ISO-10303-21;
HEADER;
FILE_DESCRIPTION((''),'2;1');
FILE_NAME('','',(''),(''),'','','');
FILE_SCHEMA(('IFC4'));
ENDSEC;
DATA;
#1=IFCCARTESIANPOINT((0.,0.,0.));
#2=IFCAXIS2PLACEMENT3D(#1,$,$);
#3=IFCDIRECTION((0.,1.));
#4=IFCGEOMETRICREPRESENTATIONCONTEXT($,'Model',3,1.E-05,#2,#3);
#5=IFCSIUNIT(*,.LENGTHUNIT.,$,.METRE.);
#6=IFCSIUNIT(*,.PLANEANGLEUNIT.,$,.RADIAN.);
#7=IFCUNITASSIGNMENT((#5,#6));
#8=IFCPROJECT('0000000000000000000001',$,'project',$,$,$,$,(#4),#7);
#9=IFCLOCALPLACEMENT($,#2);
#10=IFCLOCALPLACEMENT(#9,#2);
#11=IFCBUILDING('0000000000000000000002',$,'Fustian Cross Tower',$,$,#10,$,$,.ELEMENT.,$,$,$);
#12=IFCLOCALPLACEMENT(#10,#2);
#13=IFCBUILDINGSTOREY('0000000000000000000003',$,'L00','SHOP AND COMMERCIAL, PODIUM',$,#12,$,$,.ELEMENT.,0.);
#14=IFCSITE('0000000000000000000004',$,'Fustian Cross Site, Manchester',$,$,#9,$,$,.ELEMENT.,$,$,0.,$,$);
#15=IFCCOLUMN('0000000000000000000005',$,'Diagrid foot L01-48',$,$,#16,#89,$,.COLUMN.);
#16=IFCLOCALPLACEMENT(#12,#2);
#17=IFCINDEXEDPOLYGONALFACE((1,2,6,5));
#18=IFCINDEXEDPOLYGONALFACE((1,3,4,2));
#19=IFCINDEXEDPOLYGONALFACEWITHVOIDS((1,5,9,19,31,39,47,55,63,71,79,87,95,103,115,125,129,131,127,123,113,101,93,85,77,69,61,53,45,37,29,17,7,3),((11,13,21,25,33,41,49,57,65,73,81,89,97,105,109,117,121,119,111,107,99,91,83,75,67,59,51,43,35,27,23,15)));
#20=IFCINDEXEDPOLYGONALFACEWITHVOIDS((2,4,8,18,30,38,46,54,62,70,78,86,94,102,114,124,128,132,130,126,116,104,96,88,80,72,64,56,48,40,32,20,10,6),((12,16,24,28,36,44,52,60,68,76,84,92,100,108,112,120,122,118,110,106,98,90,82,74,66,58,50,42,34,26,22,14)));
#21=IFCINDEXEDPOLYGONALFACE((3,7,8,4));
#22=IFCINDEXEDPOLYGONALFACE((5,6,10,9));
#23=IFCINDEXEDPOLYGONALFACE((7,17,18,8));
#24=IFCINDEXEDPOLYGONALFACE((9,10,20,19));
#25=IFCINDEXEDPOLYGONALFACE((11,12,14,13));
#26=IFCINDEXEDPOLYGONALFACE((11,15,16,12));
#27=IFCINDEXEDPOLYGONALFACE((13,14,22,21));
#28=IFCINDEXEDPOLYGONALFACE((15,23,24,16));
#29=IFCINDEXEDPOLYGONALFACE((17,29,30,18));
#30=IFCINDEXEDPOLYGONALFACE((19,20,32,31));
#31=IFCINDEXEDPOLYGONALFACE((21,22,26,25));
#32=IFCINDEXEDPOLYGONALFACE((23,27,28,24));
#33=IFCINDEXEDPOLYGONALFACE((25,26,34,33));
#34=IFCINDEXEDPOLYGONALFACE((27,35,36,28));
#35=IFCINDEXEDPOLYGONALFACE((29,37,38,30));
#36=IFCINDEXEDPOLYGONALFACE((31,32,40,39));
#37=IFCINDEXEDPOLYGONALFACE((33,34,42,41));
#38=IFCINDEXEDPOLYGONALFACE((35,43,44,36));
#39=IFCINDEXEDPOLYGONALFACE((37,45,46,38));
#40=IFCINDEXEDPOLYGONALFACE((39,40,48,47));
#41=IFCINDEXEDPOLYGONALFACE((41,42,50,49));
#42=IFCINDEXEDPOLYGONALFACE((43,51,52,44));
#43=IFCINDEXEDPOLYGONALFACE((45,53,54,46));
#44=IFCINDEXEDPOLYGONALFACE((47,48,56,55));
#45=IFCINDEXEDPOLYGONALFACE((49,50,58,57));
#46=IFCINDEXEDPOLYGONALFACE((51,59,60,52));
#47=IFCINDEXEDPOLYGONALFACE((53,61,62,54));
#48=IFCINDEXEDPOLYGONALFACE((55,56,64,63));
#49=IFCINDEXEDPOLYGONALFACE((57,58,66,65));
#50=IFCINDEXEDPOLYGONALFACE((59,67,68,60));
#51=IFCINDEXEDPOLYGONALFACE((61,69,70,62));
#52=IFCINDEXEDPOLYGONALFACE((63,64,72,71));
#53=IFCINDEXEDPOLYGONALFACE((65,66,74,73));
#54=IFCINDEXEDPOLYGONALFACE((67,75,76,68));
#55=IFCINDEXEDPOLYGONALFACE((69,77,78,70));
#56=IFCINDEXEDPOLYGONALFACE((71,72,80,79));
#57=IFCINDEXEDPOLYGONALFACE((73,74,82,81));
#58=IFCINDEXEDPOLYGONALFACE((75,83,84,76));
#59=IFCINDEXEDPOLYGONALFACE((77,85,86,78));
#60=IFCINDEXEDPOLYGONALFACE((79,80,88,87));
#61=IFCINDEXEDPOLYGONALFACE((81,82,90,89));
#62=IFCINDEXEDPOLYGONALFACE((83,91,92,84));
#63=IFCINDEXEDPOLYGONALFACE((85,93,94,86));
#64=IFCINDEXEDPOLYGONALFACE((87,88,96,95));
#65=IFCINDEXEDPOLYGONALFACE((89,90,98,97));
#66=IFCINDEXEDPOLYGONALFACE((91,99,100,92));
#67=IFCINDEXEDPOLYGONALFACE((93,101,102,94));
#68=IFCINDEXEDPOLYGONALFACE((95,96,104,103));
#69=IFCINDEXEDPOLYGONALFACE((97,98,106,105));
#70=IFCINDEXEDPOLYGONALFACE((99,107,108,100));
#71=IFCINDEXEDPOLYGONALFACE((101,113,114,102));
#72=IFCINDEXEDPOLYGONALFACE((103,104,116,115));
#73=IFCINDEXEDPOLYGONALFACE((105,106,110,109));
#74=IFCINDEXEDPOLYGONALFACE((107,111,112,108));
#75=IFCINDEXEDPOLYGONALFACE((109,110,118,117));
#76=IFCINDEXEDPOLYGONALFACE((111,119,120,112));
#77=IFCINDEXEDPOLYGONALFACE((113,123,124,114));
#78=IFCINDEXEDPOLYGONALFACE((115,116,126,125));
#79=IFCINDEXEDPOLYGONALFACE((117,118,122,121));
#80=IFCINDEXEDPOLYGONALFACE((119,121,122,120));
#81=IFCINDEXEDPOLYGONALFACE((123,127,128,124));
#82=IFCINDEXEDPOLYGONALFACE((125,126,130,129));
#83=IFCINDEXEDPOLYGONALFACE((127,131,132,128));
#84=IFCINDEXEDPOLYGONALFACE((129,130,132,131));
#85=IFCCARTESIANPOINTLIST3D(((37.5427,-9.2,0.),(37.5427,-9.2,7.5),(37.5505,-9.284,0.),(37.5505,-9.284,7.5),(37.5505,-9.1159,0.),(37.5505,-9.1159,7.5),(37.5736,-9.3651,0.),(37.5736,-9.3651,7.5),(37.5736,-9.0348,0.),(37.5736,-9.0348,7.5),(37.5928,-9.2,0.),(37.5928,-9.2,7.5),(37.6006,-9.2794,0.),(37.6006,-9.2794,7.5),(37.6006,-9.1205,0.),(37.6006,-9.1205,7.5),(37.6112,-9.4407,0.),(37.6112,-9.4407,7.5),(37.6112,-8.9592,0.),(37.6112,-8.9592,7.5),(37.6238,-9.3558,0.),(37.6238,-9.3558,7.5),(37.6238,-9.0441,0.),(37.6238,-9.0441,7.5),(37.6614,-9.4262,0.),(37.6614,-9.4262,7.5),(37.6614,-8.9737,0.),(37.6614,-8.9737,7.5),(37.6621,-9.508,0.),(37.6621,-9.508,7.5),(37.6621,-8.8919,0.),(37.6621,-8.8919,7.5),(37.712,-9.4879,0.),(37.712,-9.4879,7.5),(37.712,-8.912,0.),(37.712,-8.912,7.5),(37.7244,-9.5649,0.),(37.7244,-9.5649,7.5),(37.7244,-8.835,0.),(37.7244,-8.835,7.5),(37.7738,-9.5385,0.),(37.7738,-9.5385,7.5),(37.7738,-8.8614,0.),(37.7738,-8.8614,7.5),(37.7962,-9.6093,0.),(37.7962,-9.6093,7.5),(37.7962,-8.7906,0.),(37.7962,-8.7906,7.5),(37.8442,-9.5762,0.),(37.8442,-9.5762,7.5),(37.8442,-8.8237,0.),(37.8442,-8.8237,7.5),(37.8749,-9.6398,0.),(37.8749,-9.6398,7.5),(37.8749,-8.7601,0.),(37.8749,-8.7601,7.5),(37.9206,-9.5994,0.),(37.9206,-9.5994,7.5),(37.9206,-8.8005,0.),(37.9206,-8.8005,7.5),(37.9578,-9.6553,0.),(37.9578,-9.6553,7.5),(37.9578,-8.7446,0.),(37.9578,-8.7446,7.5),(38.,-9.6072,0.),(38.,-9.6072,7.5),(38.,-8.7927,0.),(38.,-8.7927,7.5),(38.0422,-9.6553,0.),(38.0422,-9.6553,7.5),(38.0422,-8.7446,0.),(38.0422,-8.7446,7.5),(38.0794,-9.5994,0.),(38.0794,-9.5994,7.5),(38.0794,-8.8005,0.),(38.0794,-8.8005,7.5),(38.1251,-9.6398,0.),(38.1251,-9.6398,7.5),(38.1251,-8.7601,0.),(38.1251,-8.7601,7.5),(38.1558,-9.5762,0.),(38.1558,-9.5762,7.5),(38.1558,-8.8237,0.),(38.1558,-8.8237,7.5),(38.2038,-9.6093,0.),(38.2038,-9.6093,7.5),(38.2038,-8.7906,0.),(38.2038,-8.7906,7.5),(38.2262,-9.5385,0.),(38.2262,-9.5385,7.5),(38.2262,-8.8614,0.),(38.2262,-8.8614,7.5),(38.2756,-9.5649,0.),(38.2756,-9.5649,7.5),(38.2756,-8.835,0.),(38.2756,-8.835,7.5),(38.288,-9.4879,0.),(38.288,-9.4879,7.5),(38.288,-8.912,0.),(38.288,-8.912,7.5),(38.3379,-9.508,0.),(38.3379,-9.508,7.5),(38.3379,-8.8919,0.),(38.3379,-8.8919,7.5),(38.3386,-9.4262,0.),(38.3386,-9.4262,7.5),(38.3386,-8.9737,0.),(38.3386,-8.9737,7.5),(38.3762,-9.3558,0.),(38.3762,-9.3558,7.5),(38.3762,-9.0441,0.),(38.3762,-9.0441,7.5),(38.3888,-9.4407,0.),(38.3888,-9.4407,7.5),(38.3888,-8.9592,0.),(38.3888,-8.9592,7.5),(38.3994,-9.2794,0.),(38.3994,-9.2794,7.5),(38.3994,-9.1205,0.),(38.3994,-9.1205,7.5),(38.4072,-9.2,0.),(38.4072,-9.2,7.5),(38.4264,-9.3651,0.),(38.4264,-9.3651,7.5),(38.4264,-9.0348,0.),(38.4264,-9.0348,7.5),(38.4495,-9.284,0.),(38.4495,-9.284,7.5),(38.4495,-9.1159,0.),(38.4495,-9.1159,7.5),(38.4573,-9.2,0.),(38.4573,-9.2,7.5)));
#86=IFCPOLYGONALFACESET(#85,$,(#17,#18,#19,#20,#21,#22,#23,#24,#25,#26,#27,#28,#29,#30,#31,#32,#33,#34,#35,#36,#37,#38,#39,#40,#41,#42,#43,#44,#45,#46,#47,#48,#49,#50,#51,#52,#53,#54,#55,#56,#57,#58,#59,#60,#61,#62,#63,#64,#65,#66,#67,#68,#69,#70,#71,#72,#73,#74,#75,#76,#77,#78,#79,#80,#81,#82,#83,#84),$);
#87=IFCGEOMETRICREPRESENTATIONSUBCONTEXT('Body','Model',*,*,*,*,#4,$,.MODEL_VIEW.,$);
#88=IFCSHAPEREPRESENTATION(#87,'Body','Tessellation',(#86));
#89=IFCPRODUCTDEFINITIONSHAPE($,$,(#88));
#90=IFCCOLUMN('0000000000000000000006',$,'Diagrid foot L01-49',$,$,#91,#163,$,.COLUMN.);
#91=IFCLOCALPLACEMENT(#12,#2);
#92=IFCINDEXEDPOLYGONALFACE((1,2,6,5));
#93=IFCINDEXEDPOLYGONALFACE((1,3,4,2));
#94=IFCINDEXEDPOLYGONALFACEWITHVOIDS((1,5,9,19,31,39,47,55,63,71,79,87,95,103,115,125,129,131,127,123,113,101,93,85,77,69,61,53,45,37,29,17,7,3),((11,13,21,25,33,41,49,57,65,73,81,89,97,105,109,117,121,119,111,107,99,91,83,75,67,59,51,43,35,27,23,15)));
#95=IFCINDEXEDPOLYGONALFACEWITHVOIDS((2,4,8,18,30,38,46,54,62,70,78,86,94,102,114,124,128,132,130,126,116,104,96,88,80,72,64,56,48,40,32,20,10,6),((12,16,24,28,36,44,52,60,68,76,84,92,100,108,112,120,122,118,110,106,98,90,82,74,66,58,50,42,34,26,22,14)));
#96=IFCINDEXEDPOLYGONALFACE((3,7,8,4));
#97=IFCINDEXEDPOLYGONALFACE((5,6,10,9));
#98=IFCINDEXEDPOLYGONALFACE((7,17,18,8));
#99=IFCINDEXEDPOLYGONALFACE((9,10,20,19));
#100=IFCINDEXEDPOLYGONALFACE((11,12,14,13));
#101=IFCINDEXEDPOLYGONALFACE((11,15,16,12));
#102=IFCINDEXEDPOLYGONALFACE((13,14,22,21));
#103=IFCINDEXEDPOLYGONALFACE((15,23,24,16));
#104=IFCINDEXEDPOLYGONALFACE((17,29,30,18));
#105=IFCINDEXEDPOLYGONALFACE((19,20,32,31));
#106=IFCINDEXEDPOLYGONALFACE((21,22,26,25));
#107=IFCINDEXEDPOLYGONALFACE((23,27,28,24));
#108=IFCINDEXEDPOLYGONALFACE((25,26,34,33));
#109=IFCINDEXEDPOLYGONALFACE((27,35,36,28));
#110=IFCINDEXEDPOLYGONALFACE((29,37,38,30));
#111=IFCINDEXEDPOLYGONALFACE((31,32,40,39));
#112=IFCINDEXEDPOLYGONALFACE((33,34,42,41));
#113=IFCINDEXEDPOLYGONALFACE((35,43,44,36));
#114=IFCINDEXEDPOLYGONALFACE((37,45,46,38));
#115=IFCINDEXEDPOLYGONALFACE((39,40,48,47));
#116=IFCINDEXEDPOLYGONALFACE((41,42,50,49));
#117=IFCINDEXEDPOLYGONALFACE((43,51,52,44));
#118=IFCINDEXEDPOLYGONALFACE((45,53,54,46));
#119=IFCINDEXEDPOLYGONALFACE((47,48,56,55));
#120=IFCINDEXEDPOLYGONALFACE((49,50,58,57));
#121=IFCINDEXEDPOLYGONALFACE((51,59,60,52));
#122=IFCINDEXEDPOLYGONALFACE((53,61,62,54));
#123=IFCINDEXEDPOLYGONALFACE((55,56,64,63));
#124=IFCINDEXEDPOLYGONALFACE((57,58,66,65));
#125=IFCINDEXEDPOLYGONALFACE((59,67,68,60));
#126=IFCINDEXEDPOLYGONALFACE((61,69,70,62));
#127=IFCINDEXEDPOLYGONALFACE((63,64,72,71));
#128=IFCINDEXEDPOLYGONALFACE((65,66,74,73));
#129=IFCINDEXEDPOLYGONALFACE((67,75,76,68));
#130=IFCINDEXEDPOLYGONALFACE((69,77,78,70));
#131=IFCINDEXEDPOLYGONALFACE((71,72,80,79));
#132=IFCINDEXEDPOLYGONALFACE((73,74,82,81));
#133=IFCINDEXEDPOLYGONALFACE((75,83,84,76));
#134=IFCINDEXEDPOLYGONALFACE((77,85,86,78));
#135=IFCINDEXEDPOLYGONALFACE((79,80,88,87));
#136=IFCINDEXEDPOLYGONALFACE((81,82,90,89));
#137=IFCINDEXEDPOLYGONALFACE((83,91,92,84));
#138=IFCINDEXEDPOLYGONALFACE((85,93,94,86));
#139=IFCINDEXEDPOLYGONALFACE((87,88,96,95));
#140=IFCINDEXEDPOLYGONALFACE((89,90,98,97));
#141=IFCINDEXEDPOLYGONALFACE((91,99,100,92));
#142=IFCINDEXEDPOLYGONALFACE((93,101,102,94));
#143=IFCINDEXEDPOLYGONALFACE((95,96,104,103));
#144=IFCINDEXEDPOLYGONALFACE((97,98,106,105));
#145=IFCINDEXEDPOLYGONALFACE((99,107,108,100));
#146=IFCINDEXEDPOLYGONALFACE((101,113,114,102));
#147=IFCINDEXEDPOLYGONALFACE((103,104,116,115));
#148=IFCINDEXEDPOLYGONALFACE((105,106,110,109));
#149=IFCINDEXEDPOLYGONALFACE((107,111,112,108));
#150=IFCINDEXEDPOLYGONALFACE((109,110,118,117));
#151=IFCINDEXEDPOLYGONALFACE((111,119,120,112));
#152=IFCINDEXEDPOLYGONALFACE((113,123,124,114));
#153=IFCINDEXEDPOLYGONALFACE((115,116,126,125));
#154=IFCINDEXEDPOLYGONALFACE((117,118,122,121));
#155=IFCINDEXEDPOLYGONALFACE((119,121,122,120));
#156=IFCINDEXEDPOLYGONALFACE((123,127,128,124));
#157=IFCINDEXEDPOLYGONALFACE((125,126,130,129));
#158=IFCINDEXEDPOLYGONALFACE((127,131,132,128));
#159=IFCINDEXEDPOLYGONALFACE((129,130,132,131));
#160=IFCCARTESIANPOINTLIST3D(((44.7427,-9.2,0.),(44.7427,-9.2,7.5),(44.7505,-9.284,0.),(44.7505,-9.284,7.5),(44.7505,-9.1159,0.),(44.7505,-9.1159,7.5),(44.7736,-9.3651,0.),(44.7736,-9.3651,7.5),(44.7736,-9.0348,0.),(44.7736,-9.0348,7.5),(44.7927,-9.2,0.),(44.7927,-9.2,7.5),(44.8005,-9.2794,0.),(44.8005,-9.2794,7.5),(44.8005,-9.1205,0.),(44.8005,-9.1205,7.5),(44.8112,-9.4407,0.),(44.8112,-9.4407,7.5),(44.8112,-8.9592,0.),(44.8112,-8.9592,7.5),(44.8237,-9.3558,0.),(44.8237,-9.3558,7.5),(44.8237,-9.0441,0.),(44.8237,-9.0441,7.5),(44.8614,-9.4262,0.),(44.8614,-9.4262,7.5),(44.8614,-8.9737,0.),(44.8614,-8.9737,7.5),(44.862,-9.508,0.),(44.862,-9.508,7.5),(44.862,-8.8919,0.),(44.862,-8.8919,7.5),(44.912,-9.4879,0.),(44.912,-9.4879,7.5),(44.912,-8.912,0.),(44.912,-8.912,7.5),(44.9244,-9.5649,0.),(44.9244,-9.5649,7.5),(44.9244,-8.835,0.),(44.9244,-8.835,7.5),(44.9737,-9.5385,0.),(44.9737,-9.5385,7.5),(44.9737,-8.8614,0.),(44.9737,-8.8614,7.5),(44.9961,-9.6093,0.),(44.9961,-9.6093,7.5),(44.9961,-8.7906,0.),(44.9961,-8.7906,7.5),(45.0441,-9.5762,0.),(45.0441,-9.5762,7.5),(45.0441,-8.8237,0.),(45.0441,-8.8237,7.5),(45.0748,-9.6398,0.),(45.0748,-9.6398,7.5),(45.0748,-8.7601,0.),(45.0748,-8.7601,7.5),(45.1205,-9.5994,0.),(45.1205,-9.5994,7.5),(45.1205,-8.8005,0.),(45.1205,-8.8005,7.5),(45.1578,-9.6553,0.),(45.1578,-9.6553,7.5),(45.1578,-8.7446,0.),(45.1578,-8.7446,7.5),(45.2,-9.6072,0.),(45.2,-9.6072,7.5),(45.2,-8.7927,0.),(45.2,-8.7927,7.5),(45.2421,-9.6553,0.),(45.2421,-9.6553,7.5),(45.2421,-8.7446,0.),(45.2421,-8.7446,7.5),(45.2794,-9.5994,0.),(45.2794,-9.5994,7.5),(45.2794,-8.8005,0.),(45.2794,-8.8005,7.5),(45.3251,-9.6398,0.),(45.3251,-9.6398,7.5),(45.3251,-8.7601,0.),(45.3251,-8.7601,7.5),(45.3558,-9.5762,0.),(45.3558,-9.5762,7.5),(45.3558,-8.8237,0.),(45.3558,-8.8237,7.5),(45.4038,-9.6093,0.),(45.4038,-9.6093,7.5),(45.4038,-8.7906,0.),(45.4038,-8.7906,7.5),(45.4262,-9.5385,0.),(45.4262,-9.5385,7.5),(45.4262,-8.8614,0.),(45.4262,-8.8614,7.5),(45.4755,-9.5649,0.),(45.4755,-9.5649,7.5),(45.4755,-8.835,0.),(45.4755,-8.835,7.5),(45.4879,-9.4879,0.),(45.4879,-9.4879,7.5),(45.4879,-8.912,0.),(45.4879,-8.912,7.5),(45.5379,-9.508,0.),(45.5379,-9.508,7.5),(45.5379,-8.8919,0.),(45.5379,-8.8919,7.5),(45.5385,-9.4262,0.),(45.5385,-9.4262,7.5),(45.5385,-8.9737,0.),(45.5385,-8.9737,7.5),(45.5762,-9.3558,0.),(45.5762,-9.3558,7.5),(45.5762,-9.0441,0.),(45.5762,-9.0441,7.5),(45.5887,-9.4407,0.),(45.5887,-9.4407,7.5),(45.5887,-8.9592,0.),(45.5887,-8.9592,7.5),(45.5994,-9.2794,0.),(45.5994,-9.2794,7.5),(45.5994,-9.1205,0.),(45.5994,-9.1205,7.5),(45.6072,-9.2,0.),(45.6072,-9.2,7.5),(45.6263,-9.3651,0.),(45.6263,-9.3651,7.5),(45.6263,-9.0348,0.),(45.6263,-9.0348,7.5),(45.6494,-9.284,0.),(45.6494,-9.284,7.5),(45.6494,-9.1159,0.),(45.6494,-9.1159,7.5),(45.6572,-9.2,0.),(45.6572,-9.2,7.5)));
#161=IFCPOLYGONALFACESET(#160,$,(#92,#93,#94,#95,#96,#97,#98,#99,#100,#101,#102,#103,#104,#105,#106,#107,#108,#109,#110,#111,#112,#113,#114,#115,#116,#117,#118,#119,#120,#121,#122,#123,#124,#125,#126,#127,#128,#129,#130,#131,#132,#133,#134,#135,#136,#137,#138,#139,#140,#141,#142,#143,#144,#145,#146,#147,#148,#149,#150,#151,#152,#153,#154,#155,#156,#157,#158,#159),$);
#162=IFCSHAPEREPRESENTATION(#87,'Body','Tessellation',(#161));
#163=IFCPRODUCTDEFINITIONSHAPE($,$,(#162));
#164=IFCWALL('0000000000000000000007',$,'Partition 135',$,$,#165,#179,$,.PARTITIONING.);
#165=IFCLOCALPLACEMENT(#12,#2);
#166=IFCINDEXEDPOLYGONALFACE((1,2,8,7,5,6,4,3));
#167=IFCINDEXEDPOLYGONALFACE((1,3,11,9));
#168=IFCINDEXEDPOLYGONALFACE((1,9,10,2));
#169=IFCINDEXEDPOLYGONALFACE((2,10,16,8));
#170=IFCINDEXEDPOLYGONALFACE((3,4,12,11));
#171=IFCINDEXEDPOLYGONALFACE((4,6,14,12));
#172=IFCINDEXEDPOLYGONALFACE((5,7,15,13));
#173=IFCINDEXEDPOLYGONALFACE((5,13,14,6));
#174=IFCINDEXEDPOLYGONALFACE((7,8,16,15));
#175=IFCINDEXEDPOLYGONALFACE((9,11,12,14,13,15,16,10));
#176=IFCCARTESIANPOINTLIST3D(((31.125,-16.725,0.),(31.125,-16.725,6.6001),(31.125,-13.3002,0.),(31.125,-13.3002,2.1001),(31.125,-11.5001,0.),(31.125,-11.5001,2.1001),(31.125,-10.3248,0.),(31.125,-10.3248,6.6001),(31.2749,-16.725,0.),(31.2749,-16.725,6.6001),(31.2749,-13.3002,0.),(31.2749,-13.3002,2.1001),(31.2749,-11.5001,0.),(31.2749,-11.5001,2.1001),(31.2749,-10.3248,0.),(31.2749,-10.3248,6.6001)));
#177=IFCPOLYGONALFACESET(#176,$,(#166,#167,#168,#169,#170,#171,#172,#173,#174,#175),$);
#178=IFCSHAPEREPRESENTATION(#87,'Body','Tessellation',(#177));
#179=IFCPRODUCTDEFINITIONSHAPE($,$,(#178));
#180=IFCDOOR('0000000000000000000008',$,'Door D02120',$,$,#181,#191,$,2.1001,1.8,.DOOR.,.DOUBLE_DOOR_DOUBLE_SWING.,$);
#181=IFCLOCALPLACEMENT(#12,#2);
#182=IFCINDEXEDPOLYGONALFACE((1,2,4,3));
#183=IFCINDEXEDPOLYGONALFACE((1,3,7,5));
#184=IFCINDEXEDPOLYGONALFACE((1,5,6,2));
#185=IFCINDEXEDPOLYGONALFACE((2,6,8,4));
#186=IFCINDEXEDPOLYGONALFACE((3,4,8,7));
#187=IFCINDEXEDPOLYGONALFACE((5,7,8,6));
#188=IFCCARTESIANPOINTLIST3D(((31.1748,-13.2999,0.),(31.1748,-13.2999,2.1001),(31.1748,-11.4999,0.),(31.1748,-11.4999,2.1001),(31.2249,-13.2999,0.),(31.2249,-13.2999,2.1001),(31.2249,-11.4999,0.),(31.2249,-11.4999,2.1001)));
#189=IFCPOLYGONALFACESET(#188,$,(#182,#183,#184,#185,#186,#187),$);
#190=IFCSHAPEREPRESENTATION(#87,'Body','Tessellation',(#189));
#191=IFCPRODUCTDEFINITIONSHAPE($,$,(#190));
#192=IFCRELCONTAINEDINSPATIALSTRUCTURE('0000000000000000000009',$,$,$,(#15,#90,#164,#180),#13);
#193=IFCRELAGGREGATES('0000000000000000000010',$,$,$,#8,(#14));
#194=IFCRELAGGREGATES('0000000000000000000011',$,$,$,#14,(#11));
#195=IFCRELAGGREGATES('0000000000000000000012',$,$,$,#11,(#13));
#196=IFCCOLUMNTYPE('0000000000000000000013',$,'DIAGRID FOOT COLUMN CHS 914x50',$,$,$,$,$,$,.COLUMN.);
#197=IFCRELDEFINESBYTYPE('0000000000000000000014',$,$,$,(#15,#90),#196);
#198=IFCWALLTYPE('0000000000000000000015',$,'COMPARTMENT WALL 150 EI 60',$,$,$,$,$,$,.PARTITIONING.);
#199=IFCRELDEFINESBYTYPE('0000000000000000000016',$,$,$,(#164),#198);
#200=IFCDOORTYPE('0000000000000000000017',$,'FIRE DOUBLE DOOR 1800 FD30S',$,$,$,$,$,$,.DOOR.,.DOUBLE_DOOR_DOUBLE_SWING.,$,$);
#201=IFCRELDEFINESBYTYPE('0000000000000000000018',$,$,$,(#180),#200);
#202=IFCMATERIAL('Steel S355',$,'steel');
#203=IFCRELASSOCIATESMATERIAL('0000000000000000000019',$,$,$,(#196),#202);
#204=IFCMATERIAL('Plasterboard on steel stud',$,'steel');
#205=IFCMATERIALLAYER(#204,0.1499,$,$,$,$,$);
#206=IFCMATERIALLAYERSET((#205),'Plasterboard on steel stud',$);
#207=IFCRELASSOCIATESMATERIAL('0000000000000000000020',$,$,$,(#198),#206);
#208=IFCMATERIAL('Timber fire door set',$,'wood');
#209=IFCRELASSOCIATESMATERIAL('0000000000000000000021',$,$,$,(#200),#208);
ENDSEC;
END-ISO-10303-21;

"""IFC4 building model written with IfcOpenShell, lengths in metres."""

from ifc_helpers import new_model, si_unit, direction, frame, frame_2d, origin, origin_2d, place, context, subcontext, project, spatial, rectangle, hollow_circle, extrude, material, layer, layer_set, material_profile, profile_set, type_object, element, fill, save


model = new_model("IFC4")

# Units and contexts
model_context = context("Model", 3, precision=1e-05, world=origin(), true_north=direction((0.0, 1.0)))
body_context = subcontext(model_context, "Body", "Model", "MODEL_VIEW")
ifc_project = project(units=[si_unit("LENGTHUNIT", "METRE"), si_unit("PLANEANGLEUNIT", "RADIAN")], contexts=[model_context])

# Site, building, storey
site_placement = place(None, origin())
site = spatial("IfcSite", under=ifc_project, at=site_placement, Name="Fustian Cross Site, Manchester", CompositionType="ELEMENT", RefElevation=0.0)
building_placement = place(site_placement, origin())
building = spatial("IfcBuilding", under=site, at=building_placement, Name="Fustian Cross Tower", CompositionType="ELEMENT")
storey_placement = place(building_placement, origin())
storey = spatial("IfcBuildingStorey", under=building, at=storey_placement, Name="L00", Description="SHOP AND COMMERCIAL, PODIUM", CompositionType="ELEMENT", Elevation=0.0)

# Columns
ifc_material_1 = material(Name="Steel S355", Category="steel")
ifc_material_profile_1 = material_profile(ifc_material_1, hollow_circle(Radius=0.4573, WallThickness=0.05, at=origin_2d()), Name="CHS 914x50")
ifc_profile_set_1 = profile_set([ifc_material_profile_1], Name="Steel S355")
column_type_1 = type_object("IfcColumnType", Name="DIAGRID FOOT COLUMN CHS 914x50", PredefinedType="COLUMN", material=ifc_profile_set_1)
for number, where, z_axis, x_axis, name in (
    (1, (38.0, -9.2, 0.0), (0.0, 0.0, 1.0), (1.0, 0.0, 0.0), "Diagrid foot L01-48"),
    (2, (45.2, -9.2, 0.0), (0.0, 0.0, 1.0), (1.0, 0.0, 0.0), "Diagrid foot L01-49"),
):
    element("IfcColumn", number, at=place(storey_placement, frame(where, z_axis=z_axis, x_axis=x_axis)), inside=storey, type_object=column_type_1, Name=name, PredefinedType="COLUMN", context=body_context, shape_type="SweptSolid", body=[
        extrude(hollow_circle(Radius=0.4573, WallThickness=0.05, at=origin_2d()), origin(), (0.0, 0.0, 1.0), 7.5),
    ])

# Wall, opening, door
ifc_material_2 = material(Name="Plasterboard on steel stud", Category="steel")
ifc_layer_1 = layer(ifc_material_2, 0.1499)
ifc_layer_set_1 = layer_set([ifc_layer_1], Name="Plasterboard on steel stud")
wall_type_1 = type_object("IfcWallType", Name="COMPARTMENT WALL 150 EI 60", PredefinedType="PARTITIONING", material=ifc_layer_set_1)
wall_1_placement = place(storey_placement, frame((31.2, -16.7251, 0.0), z_axis=(0.0, 0.0, 1.0), x_axis=(0.0, 1.0, 0.0)))
wall_1 = element("IfcWall", 3, at=wall_1_placement, inside=storey, type_object=wall_type_1, Name="Partition 135", PredefinedType="PARTITIONING", context=body_context, shape_type="SweptSolid", body=[
    extrude(rectangle(XDim=6.4001, YDim=0.1499, at=frame_2d((3.2002, 0.0))), origin(), (0.0, 0.0, 1.0), 6.6001),
])
opening_1_placement = place(wall_1_placement, frame((3.425, 0.0, 0.0)))
opening_1 = element("IfcOpeningElement", 4, at=opening_1_placement, cuts=wall_1, PredefinedType="OPENING", context=body_context, shape_type="SweptSolid", body=[
    extrude(rectangle(XDim=1.8, YDim=2.1001, at=frame_2d((0.8999, 1.05))), frame((0.0, 0.085, 0.0), z_axis=(0.0, -1.0, 0.0), x_axis=(1.0, 0.0, 0.0)), (0.0, 0.0, 1.0), 0.1699),
])
ifc_material_3 = material(Name="Timber fire door set", Category="wood")
door_type_1 = type_object("IfcDoorType", Name="FIRE DOUBLE DOOR 1800 FD30S", OperationType="DOUBLE_DOOR_DOUBLE_SWING", PredefinedType="DOOR", material=ifc_material_3)
door_1_placement = place(opening_1_placement, frame((1.8, 0.0, 0.0), z_axis=(0.0, 0.0, 1.0), x_axis=(-1.0, 0.0, 0.0)))
door_1 = element("IfcDoor", 5, at=door_1_placement, inside=storey, type_object=door_type_1, Name="Door D02120", OperationType="DOUBLE_DOOR_DOUBLE_SWING", OverallHeight=2.1001, OverallWidth=1.8, PredefinedType="DOOR", context=body_context, shape_type="SweptSolid", body=[
    extrude(rectangle(XDim=1.8, YDim=2.1001, at=frame_2d((0.8999, 1.05))), frame((0.0, 0.0249, 0.0), z_axis=(0.0, -1.0, 0.0), x_axis=(1.0, 0.0, 0.0)), (0.0, 0.0, 1.0), 0.05),
])
fill(opening_1, door_1)

save(model, "model.ifc")
